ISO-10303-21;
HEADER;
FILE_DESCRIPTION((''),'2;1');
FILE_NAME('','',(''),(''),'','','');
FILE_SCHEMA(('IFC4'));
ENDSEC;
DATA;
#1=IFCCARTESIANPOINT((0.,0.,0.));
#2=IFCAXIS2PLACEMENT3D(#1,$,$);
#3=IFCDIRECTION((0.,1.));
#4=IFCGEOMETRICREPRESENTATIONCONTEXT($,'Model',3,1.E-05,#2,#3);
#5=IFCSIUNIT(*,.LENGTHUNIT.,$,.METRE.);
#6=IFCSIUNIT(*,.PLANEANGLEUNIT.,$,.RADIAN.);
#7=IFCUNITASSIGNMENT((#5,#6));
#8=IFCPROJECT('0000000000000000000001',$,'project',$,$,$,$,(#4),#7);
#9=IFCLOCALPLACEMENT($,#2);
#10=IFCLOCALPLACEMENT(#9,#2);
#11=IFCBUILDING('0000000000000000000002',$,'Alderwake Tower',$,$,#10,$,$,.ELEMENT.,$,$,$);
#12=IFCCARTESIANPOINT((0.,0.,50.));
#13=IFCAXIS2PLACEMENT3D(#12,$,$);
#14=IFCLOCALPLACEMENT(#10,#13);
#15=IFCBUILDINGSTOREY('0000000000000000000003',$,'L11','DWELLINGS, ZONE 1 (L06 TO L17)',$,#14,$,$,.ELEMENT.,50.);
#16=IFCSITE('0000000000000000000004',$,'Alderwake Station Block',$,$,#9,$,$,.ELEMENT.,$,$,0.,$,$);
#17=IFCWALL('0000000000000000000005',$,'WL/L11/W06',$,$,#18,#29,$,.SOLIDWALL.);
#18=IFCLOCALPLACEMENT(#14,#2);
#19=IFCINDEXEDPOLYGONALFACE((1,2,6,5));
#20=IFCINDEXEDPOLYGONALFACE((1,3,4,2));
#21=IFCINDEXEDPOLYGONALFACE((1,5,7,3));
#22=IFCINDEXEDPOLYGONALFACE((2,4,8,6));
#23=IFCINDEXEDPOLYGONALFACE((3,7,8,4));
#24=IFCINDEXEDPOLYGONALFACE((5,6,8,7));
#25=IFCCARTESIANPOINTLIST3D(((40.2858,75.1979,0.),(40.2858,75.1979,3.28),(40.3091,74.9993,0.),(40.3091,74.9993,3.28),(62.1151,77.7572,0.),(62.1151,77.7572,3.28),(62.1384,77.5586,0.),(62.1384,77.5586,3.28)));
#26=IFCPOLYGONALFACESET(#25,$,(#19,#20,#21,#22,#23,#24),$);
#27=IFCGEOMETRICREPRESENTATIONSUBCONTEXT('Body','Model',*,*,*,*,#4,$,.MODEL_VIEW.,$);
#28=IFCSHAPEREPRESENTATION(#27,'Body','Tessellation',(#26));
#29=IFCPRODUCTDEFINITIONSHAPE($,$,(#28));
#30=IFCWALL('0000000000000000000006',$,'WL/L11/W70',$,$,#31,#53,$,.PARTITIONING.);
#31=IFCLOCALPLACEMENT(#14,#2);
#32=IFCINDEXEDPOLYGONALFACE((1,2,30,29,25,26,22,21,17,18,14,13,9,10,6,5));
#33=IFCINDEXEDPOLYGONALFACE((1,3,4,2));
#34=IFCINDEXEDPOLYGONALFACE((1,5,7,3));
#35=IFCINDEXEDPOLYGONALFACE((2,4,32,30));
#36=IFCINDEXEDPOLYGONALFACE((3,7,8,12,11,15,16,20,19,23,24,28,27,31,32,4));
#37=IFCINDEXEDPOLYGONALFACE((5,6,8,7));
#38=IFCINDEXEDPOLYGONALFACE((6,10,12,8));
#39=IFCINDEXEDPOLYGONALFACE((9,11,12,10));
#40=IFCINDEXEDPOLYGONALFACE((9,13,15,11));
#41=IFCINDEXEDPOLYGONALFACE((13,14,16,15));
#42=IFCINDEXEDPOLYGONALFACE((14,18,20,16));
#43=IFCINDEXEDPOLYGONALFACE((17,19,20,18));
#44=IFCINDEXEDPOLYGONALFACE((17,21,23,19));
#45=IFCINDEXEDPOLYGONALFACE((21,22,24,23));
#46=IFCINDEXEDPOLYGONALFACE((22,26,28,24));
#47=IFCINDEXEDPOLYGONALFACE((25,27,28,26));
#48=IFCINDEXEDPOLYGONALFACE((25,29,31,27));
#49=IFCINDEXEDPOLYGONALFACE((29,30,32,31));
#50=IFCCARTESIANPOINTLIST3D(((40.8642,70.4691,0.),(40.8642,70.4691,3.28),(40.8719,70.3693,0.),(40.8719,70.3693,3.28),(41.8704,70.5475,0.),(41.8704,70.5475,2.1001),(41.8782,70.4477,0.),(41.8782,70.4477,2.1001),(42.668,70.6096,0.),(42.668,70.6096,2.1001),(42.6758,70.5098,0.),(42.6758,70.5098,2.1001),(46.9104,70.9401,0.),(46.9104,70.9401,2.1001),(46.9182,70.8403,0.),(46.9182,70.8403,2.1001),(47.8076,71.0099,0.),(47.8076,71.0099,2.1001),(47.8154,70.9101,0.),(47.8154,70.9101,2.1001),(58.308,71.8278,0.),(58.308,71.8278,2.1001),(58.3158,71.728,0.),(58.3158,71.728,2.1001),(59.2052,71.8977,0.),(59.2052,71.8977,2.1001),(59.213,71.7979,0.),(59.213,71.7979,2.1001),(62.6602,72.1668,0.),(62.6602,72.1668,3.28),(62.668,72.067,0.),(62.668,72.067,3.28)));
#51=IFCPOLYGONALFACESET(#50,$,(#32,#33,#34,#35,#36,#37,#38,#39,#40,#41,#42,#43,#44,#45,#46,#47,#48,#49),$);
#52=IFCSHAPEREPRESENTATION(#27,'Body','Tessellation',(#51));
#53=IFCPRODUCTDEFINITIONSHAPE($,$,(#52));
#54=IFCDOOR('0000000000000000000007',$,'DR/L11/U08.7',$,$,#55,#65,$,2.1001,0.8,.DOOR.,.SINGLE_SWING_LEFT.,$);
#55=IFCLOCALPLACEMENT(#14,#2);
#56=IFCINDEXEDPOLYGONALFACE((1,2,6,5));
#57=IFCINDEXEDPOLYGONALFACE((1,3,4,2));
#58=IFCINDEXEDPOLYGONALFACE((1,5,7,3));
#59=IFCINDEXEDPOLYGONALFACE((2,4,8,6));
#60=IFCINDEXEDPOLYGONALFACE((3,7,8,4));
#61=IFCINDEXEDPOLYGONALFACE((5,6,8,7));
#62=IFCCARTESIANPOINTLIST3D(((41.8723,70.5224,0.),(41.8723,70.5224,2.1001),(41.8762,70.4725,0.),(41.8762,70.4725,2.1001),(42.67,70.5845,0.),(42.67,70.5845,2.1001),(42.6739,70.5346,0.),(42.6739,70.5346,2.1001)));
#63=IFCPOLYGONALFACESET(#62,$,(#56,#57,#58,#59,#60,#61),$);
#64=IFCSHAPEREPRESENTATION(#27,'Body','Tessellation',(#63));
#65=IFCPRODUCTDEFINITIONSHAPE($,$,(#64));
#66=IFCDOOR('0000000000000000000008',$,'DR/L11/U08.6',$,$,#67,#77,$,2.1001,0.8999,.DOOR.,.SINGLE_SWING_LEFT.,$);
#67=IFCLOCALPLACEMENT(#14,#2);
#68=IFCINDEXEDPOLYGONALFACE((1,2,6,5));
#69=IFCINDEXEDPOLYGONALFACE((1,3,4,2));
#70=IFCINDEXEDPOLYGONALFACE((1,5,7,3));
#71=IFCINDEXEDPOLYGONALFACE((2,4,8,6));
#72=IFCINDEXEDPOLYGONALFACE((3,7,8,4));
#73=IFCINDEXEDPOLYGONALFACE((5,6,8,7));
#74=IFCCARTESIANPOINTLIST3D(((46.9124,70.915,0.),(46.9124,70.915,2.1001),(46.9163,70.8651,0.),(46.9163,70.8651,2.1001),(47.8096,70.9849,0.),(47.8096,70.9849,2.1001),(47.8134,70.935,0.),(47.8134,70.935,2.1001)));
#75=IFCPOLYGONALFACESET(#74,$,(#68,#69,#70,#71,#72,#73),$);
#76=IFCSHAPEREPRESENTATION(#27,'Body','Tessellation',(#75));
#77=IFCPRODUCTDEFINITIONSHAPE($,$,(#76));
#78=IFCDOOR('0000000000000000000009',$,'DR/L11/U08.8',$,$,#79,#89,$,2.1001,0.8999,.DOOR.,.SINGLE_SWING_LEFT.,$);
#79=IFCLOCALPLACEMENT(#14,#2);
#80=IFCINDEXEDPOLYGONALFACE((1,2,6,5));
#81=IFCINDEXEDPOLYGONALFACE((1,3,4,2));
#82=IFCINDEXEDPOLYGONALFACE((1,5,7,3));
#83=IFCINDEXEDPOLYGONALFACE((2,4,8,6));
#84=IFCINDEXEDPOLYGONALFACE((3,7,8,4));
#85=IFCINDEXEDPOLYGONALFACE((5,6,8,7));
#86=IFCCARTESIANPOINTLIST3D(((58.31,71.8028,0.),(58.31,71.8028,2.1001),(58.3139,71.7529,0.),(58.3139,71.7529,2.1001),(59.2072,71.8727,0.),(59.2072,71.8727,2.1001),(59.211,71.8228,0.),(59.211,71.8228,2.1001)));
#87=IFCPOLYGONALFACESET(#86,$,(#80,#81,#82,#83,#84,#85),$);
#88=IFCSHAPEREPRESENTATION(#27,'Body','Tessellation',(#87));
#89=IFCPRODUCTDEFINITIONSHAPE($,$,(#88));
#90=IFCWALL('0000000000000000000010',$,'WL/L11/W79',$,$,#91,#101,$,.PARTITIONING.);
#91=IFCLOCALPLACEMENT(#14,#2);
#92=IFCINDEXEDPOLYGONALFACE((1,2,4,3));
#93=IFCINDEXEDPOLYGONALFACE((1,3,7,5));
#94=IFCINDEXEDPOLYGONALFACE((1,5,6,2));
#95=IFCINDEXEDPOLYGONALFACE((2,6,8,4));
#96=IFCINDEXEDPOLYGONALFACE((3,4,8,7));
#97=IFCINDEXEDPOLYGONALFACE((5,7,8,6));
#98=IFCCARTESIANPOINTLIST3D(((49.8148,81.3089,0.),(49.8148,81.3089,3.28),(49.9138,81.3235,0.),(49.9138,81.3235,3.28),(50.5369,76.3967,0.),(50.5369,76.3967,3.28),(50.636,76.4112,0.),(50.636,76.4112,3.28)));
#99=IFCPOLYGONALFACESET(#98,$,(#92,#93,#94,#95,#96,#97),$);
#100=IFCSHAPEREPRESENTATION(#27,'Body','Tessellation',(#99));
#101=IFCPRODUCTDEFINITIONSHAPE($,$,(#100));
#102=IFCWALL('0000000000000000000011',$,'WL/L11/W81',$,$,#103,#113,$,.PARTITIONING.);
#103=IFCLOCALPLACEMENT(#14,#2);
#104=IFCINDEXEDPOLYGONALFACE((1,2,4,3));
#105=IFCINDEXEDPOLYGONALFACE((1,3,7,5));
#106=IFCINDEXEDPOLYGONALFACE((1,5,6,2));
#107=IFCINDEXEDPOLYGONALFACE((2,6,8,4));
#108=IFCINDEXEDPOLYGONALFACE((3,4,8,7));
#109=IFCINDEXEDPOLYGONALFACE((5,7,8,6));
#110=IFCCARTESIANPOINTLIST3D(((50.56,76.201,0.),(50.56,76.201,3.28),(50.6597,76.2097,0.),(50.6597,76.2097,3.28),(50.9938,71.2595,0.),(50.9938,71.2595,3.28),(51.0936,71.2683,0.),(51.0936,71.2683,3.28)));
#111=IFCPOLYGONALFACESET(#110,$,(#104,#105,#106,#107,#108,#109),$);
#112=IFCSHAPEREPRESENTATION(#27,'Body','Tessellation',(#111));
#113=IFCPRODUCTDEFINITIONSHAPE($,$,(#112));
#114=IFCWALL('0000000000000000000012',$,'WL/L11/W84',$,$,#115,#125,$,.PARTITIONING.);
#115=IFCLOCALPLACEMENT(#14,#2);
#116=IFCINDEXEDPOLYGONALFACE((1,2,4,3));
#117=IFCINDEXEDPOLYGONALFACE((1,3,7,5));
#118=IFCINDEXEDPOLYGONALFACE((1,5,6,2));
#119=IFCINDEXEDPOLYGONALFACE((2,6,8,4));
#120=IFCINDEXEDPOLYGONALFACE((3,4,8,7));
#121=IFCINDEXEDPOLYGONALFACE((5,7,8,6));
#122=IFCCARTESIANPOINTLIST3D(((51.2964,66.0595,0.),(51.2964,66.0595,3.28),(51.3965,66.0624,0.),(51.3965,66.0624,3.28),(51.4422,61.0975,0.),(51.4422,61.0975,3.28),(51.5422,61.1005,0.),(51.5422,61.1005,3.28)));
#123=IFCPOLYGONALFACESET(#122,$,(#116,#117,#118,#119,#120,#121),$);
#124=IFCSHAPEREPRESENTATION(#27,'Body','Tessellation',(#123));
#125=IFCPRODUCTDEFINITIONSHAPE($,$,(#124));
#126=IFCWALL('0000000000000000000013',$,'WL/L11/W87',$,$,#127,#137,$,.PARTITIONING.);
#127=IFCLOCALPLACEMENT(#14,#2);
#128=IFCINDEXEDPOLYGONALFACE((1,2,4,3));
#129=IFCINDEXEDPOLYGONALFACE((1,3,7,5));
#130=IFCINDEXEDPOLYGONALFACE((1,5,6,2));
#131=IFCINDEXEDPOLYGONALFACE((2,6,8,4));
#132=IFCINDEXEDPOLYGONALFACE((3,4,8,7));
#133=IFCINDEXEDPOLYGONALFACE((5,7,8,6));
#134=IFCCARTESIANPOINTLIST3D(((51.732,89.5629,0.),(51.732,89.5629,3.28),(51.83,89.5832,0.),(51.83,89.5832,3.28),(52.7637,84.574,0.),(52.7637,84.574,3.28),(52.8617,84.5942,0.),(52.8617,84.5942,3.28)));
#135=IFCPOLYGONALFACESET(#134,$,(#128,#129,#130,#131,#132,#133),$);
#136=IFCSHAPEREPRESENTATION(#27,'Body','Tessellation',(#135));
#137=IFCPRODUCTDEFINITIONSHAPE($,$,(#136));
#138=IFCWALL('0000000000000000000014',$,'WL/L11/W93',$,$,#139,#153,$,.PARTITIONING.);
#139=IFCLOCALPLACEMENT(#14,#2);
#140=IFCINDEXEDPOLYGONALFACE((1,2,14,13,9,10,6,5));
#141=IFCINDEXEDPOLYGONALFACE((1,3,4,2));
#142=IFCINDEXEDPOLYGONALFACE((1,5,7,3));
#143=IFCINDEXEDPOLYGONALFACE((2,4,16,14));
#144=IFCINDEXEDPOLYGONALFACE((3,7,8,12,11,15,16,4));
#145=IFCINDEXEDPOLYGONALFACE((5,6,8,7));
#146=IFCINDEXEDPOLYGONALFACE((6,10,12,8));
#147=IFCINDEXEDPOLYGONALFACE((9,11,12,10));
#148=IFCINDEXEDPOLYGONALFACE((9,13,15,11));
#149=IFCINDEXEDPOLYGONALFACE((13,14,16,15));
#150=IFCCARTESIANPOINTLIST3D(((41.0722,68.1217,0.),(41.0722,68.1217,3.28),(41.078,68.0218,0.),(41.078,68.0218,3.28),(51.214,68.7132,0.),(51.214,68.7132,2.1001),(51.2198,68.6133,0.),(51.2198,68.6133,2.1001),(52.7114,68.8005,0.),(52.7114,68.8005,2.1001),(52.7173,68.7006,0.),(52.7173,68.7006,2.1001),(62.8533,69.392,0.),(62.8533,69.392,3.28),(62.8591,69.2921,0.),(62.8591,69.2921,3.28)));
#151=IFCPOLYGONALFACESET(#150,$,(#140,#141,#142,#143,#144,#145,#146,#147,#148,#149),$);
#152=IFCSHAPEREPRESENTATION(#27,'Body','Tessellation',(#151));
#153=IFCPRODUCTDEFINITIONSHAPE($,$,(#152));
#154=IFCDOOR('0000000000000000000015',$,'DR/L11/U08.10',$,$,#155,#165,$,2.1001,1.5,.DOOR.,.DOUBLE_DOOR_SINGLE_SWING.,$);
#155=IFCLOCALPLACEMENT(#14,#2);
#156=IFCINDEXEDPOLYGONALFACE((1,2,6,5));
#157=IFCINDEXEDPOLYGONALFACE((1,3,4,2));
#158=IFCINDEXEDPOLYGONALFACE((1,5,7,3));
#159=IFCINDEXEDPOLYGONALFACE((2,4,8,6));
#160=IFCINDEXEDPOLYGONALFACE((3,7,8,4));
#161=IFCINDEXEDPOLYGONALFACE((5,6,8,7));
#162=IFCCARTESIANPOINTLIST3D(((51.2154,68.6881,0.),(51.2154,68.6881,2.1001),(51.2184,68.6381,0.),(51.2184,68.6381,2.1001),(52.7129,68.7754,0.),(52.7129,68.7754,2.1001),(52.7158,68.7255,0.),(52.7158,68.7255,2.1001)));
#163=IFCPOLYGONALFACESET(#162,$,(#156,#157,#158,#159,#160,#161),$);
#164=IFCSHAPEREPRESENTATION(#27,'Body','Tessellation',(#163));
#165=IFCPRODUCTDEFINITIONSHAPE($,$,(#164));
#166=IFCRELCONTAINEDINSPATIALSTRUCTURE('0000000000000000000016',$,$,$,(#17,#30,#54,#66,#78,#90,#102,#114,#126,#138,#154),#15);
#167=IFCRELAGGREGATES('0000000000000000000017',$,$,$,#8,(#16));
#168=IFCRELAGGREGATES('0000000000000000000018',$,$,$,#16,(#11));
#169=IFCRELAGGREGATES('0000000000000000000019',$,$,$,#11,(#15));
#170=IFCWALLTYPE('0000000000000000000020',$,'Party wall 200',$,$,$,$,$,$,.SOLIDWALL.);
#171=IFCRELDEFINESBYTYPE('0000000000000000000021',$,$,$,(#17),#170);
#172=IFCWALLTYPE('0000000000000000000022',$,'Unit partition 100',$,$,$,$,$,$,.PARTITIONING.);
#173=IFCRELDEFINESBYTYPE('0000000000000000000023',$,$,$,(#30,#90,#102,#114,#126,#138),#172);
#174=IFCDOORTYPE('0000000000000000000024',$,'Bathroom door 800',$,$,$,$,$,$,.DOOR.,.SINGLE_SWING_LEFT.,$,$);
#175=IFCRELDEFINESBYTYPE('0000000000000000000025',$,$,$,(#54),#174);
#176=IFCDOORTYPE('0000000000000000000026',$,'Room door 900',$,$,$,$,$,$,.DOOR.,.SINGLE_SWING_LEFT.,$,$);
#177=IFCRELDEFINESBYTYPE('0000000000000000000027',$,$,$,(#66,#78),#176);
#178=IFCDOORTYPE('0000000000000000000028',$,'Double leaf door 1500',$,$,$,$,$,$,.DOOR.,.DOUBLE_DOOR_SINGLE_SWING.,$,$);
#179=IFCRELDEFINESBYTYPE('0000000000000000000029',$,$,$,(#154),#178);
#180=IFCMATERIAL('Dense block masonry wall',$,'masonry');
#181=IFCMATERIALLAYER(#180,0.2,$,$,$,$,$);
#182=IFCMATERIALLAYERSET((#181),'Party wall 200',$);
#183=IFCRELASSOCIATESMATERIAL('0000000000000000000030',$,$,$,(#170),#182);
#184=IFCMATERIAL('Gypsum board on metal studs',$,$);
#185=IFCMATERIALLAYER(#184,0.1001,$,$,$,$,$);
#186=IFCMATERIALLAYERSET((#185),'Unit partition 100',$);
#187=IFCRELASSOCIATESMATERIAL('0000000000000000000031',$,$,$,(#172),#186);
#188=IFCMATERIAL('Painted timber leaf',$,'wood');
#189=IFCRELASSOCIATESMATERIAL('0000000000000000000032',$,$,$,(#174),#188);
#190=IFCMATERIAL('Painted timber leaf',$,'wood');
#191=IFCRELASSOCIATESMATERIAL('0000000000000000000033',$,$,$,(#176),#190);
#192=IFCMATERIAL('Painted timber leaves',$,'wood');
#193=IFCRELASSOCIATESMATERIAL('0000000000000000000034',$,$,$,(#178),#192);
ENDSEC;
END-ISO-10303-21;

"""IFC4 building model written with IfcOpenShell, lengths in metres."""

from ifc_helpers import new_model, si_unit, direction, frame, frame_2d, origin, place, context, subcontext, project, spatial, rectangle, extrude, material, layer, layer_set, type_object, element, fill, save


model = new_model("IFC4")

# Units and contexts
model_context = context("Model", 3, precision=1e-05, world=origin(), true_north=direction((0.0, 1.0)))
body_context = subcontext(model_context, "Body", "Model", "MODEL_VIEW")
ifc_project = project(units=[si_unit("LENGTHUNIT", "METRE"), si_unit("PLANEANGLEUNIT", "RADIAN")], contexts=[model_context])

# Site, building, storey
site_placement = place(None, origin())
site = spatial("IfcSite", under=ifc_project, at=site_placement, Name="Alderwake Station Block", CompositionType="ELEMENT", RefElevation=0.0)
building_placement = place(site_placement, origin())
building = spatial("IfcBuilding", under=site, at=building_placement, Name="Alderwake Tower", CompositionType="ELEMENT")
storey_placement = place(building_placement, frame((0.0, 0.0, 50.0)))
storey = spatial("IfcBuildingStorey", under=building, at=storey_placement, Name="L11", Description="DWELLINGS, ZONE 1 (L06 TO L17)", CompositionType="ELEMENT", Elevation=50.0)

# Wall
ifc_material_1 = material(Name="Dense block masonry wall", Category="masonry")
ifc_layer_1 = layer(ifc_material_1, 0.2)
ifc_layer_set_1 = layer_set([ifc_layer_1], Name="Party wall 200")
wall_type_1 = type_object("IfcWallType", Name="Party wall 200", PredefinedType="SOLIDWALL", material=ifc_layer_set_1)
wall_1_placement = place(storey_placement, frame((40.2976, 75.0986, 0.0), z_axis=(0.0, 0.0, 1.0), x_axis=(0.993197, 0.116445, 0.0)))
element("IfcWall", 1, at=wall_1_placement, inside=storey, type_object=wall_type_1, Name="WL/L11/W06", PredefinedType="SOLIDWALL", context=body_context, shape_type="SweptSolid", body=[
    extrude(rectangle(XDim=21.9788, YDim=0.2, at=frame_2d((10.9893, 0.0))), origin(), (0.0, 0.0, 1.0), 3.28),
])

# Wall, openings, doors
ifc_material_2 = material(Name="Gypsum board on metal studs")
ifc_layer_2 = layer(ifc_material_2, 0.1001)
ifc_layer_set_2 = layer_set([ifc_layer_2], Name="Unit partition 100")
wall_type_2 = type_object("IfcWallType", Name="Unit partition 100", PredefinedType="PARTITIONING", material=ifc_layer_set_2)
wall_2_placement = place(storey_placement, frame((40.8679, 70.4192, 0.0), z_axis=(0.0, 0.0, 1.0), x_axis=(0.99698, 0.077657, 0.0)))
wall_2 = element("IfcWall", 2, at=wall_2_placement, inside=storey, type_object=wall_type_2, Name="WL/L11/W70", PredefinedType="PARTITIONING", context=body_context, shape_type="SweptSolid", body=[
    extrude(rectangle(XDim=21.8621, YDim=0.1001, at=frame_2d((10.9312, 0.0))), origin(), (0.0, 0.0, 1.0), 3.28),
])
opening_1_placement = place(wall_2_placement, frame((6.0647, 0.0, 0.0)))
opening_1 = element("IfcOpeningElement", 3, at=opening_1_placement, cuts=wall_2, PredefinedType="OPENING", context=body_context, shape_type="SweptSolid", body=[
    extrude(rectangle(XDim=0.8999, YDim=2.1001, at=frame_2d((0.45, 1.05))), frame((0.0, 0.0601, 0.0), z_axis=(0.0, -1.0, 0.0), x_axis=(1.0, 0.0, 0.0)), (0.0, 0.0, 1.0), 0.1201),
])
opening_2_placement = place(wall_2_placement, frame((1.0095, 0.0, 0.0)))
opening_2 = element("IfcOpeningElement", 4, at=opening_2_placement, cuts=wall_2, PredefinedType="OPENING", context=body_context, shape_type="SweptSolid", body=[
    extrude(rectangle(XDim=0.8, YDim=2.1001, at=frame_2d((0.3999, 1.05))), frame((0.0, 0.0601, 0.0), z_axis=(0.0, -1.0, 0.0), x_axis=(1.0, 0.0, 0.0)), (0.0, 0.0, 1.0), 0.1201),
])
opening_3_placement = place(wall_2_placement, frame((17.4968, 0.0, 0.0)))
opening_3 = element("IfcOpeningElement", 5, at=opening_3_placement, cuts=wall_2, PredefinedType="OPENING", context=body_context, shape_type="SweptSolid", body=[
    extrude(rectangle(XDim=0.8999, YDim=2.1001, at=frame_2d((0.45, 1.05))), frame((0.0, 0.0601, 0.0), z_axis=(0.0, -1.0, 0.0), x_axis=(1.0, 0.0, 0.0)), (0.0, 0.0, 1.0), 0.1201),
])
ifc_material_3 = material(Name="Painted timber leaf", Category="wood")
door_type_1 = type_object("IfcDoorType", Name="Bathroom door 800", OperationType="SINGLE_SWING_LEFT", PredefinedType="DOOR", material=ifc_material_3)
door_1_placement = place(opening_2_placement, origin())
door_1 = element("IfcDoor", 6, at=door_1_placement, inside=storey, type_object=door_type_1, Name="DR/L11/U08.7", OperationType="SINGLE_SWING_LEFT", OverallHeight=2.1001, OverallWidth=0.8, PredefinedType="DOOR", context=body_context, shape_type="SweptSolid", body=[
    extrude(rectangle(XDim=0.8, YDim=2.1001, at=frame_2d((0.3999, 1.05))), frame((0.0, 0.0249, 0.0), z_axis=(0.0, -1.0, 0.0), x_axis=(1.0, 0.0, 0.0)), (0.0, 0.0, 1.0), 0.05),
])
fill(opening_2, door_1)
ifc_material_4 = material(Name="Painted timber leaf", Category="wood")
door_type_2 = type_object("IfcDoorType", Name="Room door 900", OperationType="SINGLE_SWING_LEFT", PredefinedType="DOOR", material=ifc_material_4)
door_2_placement = place(opening_1_placement, origin())
door_2 = element("IfcDoor", 7, at=door_2_placement, inside=storey, type_object=door_type_2, Name="DR/L11/U08.6", OperationType="SINGLE_SWING_LEFT", OverallHeight=2.1001, OverallWidth=0.8999, PredefinedType="DOOR", context=body_context, shape_type="SweptSolid", body=[
    extrude(rectangle(XDim=0.8999, YDim=2.1001, at=frame_2d((0.45, 1.05))), frame((0.0, 0.0249, 0.0), z_axis=(0.0, -1.0, 0.0), x_axis=(1.0, 0.0, 0.0)), (0.0, 0.0, 1.0), 0.05),
])
fill(opening_1, door_2)
door_3_placement = place(opening_3_placement, origin())
door_3 = element("IfcDoor", 8, at=door_3_placement, inside=storey, type_object=door_type_2, Name="DR/L11/U08.8", OperationType="SINGLE_SWING_LEFT", OverallHeight=2.1001, OverallWidth=0.8999, PredefinedType="DOOR", context=body_context, shape_type="SweptSolid", body=[
    extrude(rectangle(XDim=0.8999, YDim=2.1001, at=frame_2d((0.45, 1.05))), frame((0.0, 0.0249, 0.0), z_axis=(0.0, -1.0, 0.0), x_axis=(1.0, 0.0, 0.0)), (0.0, 0.0, 1.0), 0.05),
])
fill(opening_3, door_3)

# Walls
wall_3_placement = place(storey_placement, frame((50.5864, 76.4041, 0.0), z_axis=(0.0, 0.0, 1.0), x_axis=(-0.145447, 0.989366, 0.0)))
element("IfcWall", 9, at=wall_3_placement, inside=storey, type_object=wall_type_2, Name="WL/L11/W79", PredefinedType="PARTITIONING", context=body_context, shape_type="SweptSolid", body=[
    extrude(rectangle(XDim=4.9651, YDim=0.1001, at=frame_2d((2.4824, 0.0))), origin(), (0.0, 0.0, 1.0), 3.28),
])
wall_4_placement = place(storey_placement, frame((51.0437, 71.2639, 0.0), z_axis=(0.0, 0.0, 1.0), x_axis=(-0.08746, 0.996168, 0.0)))
element("IfcWall", 10, at=wall_4_placement, inside=storey, type_object=wall_type_2, Name="WL/L11/W81", PredefinedType="PARTITIONING", context=body_context, shape_type="SweptSolid", body=[
    extrude(rectangle(XDim=4.9604, YDim=0.1001, at=frame_2d((2.4802, 0.0))), origin(), (0.0, 0.0, 1.0), 3.28),
])
wall_5_placement = place(storey_placement, frame((51.4922, 61.0991, 0.0), z_axis=(0.0, 0.0, 1.0), x_axis=(-0.029361, 0.999569, 0.0)))
element("IfcWall", 11, at=wall_5_placement, inside=storey, type_object=wall_type_2, Name="WL/L11/W84", PredefinedType="PARTITIONING", context=body_context, shape_type="SweptSolid", body=[
    extrude(rectangle(XDim=4.9641, YDim=0.1001, at=frame_2d((2.4819, 0.0))), origin(), (0.0, 0.0, 1.0), 3.28),
])
wall_6_placement = place(storey_placement, frame((52.8127, 84.584, 0.0), z_axis=(0.0, 0.0, 1.0), x_axis=(-0.202517, 0.979279, 0.0)))
element("IfcWall", 12, at=wall_6_placement, inside=storey, type_object=wall_type_2, Name="WL/L11/W87", PredefinedType="PARTITIONING", context=body_context, shape_type="SweptSolid", body=[
    extrude(rectangle(XDim=5.0945, YDim=0.1001, at=frame_2d((2.5474, 0.0))), origin(), (0.0, 0.0, 1.0), 3.28),
])

# Wall, opening, door
wall_7_placement = place(storey_placement, frame((41.075, 68.0718, 0.0), z_axis=(0.0, 0.0, 1.0), x_axis=(0.998304, 0.058221, 0.0)))
wall_7 = element("IfcWall", 13, at=wall_7_placement, inside=storey, type_object=wall_type_2, Name="WL/L11/W93", PredefinedType="PARTITIONING", context=body_context, shape_type="SweptSolid", body=[
    extrude(rectangle(XDim=21.8181, YDim=0.1001, at=frame_2d((10.9092, 0.0))), origin(), (0.0, 0.0, 1.0), 3.28),
])
opening_4_placement = place(wall_7_placement, frame((10.1592, 0.0, 0.0)))
opening_4 = element("IfcOpeningElement", 14, at=opening_4_placement, cuts=wall_7, PredefinedType="OPENING", context=body_context, shape_type="SweptSolid", body=[
    extrude(rectangle(XDim=1.5, YDim=2.1001, at=frame_2d((0.75, 1.05))), frame((0.0, 0.0601, 0.0), z_axis=(0.0, -1.0, 0.0), x_axis=(1.0, 0.0, 0.0)), (0.0, 0.0, 1.0), 0.1201),
])
ifc_material_5 = material(Name="Painted timber leaves", Category="wood")
door_type_3 = type_object("IfcDoorType", Name="Double leaf door 1500", OperationType="DOUBLE_DOOR_SINGLE_SWING", PredefinedType="DOOR", material=ifc_material_5)
door_4_placement = place(opening_4_placement, origin())
door_4 = element("IfcDoor", 15, at=door_4_placement, inside=storey, type_object=door_type_3, Name="DR/L11/U08.10", OperationType="DOUBLE_DOOR_SINGLE_SWING", OverallHeight=2.1001, OverallWidth=1.5, PredefinedType="DOOR", context=body_context, shape_type="SweptSolid", body=[
    extrude(rectangle(XDim=1.5, YDim=2.1001, at=frame_2d((0.75, 1.05))), frame((0.0, 0.0249, 0.0), z_axis=(0.0, -1.0, 0.0), x_axis=(1.0, 0.0, 0.0)), (0.0, 0.0, 1.0), 0.05),
])
fill(opening_4, door_4)

save(model, "model.ifc")
